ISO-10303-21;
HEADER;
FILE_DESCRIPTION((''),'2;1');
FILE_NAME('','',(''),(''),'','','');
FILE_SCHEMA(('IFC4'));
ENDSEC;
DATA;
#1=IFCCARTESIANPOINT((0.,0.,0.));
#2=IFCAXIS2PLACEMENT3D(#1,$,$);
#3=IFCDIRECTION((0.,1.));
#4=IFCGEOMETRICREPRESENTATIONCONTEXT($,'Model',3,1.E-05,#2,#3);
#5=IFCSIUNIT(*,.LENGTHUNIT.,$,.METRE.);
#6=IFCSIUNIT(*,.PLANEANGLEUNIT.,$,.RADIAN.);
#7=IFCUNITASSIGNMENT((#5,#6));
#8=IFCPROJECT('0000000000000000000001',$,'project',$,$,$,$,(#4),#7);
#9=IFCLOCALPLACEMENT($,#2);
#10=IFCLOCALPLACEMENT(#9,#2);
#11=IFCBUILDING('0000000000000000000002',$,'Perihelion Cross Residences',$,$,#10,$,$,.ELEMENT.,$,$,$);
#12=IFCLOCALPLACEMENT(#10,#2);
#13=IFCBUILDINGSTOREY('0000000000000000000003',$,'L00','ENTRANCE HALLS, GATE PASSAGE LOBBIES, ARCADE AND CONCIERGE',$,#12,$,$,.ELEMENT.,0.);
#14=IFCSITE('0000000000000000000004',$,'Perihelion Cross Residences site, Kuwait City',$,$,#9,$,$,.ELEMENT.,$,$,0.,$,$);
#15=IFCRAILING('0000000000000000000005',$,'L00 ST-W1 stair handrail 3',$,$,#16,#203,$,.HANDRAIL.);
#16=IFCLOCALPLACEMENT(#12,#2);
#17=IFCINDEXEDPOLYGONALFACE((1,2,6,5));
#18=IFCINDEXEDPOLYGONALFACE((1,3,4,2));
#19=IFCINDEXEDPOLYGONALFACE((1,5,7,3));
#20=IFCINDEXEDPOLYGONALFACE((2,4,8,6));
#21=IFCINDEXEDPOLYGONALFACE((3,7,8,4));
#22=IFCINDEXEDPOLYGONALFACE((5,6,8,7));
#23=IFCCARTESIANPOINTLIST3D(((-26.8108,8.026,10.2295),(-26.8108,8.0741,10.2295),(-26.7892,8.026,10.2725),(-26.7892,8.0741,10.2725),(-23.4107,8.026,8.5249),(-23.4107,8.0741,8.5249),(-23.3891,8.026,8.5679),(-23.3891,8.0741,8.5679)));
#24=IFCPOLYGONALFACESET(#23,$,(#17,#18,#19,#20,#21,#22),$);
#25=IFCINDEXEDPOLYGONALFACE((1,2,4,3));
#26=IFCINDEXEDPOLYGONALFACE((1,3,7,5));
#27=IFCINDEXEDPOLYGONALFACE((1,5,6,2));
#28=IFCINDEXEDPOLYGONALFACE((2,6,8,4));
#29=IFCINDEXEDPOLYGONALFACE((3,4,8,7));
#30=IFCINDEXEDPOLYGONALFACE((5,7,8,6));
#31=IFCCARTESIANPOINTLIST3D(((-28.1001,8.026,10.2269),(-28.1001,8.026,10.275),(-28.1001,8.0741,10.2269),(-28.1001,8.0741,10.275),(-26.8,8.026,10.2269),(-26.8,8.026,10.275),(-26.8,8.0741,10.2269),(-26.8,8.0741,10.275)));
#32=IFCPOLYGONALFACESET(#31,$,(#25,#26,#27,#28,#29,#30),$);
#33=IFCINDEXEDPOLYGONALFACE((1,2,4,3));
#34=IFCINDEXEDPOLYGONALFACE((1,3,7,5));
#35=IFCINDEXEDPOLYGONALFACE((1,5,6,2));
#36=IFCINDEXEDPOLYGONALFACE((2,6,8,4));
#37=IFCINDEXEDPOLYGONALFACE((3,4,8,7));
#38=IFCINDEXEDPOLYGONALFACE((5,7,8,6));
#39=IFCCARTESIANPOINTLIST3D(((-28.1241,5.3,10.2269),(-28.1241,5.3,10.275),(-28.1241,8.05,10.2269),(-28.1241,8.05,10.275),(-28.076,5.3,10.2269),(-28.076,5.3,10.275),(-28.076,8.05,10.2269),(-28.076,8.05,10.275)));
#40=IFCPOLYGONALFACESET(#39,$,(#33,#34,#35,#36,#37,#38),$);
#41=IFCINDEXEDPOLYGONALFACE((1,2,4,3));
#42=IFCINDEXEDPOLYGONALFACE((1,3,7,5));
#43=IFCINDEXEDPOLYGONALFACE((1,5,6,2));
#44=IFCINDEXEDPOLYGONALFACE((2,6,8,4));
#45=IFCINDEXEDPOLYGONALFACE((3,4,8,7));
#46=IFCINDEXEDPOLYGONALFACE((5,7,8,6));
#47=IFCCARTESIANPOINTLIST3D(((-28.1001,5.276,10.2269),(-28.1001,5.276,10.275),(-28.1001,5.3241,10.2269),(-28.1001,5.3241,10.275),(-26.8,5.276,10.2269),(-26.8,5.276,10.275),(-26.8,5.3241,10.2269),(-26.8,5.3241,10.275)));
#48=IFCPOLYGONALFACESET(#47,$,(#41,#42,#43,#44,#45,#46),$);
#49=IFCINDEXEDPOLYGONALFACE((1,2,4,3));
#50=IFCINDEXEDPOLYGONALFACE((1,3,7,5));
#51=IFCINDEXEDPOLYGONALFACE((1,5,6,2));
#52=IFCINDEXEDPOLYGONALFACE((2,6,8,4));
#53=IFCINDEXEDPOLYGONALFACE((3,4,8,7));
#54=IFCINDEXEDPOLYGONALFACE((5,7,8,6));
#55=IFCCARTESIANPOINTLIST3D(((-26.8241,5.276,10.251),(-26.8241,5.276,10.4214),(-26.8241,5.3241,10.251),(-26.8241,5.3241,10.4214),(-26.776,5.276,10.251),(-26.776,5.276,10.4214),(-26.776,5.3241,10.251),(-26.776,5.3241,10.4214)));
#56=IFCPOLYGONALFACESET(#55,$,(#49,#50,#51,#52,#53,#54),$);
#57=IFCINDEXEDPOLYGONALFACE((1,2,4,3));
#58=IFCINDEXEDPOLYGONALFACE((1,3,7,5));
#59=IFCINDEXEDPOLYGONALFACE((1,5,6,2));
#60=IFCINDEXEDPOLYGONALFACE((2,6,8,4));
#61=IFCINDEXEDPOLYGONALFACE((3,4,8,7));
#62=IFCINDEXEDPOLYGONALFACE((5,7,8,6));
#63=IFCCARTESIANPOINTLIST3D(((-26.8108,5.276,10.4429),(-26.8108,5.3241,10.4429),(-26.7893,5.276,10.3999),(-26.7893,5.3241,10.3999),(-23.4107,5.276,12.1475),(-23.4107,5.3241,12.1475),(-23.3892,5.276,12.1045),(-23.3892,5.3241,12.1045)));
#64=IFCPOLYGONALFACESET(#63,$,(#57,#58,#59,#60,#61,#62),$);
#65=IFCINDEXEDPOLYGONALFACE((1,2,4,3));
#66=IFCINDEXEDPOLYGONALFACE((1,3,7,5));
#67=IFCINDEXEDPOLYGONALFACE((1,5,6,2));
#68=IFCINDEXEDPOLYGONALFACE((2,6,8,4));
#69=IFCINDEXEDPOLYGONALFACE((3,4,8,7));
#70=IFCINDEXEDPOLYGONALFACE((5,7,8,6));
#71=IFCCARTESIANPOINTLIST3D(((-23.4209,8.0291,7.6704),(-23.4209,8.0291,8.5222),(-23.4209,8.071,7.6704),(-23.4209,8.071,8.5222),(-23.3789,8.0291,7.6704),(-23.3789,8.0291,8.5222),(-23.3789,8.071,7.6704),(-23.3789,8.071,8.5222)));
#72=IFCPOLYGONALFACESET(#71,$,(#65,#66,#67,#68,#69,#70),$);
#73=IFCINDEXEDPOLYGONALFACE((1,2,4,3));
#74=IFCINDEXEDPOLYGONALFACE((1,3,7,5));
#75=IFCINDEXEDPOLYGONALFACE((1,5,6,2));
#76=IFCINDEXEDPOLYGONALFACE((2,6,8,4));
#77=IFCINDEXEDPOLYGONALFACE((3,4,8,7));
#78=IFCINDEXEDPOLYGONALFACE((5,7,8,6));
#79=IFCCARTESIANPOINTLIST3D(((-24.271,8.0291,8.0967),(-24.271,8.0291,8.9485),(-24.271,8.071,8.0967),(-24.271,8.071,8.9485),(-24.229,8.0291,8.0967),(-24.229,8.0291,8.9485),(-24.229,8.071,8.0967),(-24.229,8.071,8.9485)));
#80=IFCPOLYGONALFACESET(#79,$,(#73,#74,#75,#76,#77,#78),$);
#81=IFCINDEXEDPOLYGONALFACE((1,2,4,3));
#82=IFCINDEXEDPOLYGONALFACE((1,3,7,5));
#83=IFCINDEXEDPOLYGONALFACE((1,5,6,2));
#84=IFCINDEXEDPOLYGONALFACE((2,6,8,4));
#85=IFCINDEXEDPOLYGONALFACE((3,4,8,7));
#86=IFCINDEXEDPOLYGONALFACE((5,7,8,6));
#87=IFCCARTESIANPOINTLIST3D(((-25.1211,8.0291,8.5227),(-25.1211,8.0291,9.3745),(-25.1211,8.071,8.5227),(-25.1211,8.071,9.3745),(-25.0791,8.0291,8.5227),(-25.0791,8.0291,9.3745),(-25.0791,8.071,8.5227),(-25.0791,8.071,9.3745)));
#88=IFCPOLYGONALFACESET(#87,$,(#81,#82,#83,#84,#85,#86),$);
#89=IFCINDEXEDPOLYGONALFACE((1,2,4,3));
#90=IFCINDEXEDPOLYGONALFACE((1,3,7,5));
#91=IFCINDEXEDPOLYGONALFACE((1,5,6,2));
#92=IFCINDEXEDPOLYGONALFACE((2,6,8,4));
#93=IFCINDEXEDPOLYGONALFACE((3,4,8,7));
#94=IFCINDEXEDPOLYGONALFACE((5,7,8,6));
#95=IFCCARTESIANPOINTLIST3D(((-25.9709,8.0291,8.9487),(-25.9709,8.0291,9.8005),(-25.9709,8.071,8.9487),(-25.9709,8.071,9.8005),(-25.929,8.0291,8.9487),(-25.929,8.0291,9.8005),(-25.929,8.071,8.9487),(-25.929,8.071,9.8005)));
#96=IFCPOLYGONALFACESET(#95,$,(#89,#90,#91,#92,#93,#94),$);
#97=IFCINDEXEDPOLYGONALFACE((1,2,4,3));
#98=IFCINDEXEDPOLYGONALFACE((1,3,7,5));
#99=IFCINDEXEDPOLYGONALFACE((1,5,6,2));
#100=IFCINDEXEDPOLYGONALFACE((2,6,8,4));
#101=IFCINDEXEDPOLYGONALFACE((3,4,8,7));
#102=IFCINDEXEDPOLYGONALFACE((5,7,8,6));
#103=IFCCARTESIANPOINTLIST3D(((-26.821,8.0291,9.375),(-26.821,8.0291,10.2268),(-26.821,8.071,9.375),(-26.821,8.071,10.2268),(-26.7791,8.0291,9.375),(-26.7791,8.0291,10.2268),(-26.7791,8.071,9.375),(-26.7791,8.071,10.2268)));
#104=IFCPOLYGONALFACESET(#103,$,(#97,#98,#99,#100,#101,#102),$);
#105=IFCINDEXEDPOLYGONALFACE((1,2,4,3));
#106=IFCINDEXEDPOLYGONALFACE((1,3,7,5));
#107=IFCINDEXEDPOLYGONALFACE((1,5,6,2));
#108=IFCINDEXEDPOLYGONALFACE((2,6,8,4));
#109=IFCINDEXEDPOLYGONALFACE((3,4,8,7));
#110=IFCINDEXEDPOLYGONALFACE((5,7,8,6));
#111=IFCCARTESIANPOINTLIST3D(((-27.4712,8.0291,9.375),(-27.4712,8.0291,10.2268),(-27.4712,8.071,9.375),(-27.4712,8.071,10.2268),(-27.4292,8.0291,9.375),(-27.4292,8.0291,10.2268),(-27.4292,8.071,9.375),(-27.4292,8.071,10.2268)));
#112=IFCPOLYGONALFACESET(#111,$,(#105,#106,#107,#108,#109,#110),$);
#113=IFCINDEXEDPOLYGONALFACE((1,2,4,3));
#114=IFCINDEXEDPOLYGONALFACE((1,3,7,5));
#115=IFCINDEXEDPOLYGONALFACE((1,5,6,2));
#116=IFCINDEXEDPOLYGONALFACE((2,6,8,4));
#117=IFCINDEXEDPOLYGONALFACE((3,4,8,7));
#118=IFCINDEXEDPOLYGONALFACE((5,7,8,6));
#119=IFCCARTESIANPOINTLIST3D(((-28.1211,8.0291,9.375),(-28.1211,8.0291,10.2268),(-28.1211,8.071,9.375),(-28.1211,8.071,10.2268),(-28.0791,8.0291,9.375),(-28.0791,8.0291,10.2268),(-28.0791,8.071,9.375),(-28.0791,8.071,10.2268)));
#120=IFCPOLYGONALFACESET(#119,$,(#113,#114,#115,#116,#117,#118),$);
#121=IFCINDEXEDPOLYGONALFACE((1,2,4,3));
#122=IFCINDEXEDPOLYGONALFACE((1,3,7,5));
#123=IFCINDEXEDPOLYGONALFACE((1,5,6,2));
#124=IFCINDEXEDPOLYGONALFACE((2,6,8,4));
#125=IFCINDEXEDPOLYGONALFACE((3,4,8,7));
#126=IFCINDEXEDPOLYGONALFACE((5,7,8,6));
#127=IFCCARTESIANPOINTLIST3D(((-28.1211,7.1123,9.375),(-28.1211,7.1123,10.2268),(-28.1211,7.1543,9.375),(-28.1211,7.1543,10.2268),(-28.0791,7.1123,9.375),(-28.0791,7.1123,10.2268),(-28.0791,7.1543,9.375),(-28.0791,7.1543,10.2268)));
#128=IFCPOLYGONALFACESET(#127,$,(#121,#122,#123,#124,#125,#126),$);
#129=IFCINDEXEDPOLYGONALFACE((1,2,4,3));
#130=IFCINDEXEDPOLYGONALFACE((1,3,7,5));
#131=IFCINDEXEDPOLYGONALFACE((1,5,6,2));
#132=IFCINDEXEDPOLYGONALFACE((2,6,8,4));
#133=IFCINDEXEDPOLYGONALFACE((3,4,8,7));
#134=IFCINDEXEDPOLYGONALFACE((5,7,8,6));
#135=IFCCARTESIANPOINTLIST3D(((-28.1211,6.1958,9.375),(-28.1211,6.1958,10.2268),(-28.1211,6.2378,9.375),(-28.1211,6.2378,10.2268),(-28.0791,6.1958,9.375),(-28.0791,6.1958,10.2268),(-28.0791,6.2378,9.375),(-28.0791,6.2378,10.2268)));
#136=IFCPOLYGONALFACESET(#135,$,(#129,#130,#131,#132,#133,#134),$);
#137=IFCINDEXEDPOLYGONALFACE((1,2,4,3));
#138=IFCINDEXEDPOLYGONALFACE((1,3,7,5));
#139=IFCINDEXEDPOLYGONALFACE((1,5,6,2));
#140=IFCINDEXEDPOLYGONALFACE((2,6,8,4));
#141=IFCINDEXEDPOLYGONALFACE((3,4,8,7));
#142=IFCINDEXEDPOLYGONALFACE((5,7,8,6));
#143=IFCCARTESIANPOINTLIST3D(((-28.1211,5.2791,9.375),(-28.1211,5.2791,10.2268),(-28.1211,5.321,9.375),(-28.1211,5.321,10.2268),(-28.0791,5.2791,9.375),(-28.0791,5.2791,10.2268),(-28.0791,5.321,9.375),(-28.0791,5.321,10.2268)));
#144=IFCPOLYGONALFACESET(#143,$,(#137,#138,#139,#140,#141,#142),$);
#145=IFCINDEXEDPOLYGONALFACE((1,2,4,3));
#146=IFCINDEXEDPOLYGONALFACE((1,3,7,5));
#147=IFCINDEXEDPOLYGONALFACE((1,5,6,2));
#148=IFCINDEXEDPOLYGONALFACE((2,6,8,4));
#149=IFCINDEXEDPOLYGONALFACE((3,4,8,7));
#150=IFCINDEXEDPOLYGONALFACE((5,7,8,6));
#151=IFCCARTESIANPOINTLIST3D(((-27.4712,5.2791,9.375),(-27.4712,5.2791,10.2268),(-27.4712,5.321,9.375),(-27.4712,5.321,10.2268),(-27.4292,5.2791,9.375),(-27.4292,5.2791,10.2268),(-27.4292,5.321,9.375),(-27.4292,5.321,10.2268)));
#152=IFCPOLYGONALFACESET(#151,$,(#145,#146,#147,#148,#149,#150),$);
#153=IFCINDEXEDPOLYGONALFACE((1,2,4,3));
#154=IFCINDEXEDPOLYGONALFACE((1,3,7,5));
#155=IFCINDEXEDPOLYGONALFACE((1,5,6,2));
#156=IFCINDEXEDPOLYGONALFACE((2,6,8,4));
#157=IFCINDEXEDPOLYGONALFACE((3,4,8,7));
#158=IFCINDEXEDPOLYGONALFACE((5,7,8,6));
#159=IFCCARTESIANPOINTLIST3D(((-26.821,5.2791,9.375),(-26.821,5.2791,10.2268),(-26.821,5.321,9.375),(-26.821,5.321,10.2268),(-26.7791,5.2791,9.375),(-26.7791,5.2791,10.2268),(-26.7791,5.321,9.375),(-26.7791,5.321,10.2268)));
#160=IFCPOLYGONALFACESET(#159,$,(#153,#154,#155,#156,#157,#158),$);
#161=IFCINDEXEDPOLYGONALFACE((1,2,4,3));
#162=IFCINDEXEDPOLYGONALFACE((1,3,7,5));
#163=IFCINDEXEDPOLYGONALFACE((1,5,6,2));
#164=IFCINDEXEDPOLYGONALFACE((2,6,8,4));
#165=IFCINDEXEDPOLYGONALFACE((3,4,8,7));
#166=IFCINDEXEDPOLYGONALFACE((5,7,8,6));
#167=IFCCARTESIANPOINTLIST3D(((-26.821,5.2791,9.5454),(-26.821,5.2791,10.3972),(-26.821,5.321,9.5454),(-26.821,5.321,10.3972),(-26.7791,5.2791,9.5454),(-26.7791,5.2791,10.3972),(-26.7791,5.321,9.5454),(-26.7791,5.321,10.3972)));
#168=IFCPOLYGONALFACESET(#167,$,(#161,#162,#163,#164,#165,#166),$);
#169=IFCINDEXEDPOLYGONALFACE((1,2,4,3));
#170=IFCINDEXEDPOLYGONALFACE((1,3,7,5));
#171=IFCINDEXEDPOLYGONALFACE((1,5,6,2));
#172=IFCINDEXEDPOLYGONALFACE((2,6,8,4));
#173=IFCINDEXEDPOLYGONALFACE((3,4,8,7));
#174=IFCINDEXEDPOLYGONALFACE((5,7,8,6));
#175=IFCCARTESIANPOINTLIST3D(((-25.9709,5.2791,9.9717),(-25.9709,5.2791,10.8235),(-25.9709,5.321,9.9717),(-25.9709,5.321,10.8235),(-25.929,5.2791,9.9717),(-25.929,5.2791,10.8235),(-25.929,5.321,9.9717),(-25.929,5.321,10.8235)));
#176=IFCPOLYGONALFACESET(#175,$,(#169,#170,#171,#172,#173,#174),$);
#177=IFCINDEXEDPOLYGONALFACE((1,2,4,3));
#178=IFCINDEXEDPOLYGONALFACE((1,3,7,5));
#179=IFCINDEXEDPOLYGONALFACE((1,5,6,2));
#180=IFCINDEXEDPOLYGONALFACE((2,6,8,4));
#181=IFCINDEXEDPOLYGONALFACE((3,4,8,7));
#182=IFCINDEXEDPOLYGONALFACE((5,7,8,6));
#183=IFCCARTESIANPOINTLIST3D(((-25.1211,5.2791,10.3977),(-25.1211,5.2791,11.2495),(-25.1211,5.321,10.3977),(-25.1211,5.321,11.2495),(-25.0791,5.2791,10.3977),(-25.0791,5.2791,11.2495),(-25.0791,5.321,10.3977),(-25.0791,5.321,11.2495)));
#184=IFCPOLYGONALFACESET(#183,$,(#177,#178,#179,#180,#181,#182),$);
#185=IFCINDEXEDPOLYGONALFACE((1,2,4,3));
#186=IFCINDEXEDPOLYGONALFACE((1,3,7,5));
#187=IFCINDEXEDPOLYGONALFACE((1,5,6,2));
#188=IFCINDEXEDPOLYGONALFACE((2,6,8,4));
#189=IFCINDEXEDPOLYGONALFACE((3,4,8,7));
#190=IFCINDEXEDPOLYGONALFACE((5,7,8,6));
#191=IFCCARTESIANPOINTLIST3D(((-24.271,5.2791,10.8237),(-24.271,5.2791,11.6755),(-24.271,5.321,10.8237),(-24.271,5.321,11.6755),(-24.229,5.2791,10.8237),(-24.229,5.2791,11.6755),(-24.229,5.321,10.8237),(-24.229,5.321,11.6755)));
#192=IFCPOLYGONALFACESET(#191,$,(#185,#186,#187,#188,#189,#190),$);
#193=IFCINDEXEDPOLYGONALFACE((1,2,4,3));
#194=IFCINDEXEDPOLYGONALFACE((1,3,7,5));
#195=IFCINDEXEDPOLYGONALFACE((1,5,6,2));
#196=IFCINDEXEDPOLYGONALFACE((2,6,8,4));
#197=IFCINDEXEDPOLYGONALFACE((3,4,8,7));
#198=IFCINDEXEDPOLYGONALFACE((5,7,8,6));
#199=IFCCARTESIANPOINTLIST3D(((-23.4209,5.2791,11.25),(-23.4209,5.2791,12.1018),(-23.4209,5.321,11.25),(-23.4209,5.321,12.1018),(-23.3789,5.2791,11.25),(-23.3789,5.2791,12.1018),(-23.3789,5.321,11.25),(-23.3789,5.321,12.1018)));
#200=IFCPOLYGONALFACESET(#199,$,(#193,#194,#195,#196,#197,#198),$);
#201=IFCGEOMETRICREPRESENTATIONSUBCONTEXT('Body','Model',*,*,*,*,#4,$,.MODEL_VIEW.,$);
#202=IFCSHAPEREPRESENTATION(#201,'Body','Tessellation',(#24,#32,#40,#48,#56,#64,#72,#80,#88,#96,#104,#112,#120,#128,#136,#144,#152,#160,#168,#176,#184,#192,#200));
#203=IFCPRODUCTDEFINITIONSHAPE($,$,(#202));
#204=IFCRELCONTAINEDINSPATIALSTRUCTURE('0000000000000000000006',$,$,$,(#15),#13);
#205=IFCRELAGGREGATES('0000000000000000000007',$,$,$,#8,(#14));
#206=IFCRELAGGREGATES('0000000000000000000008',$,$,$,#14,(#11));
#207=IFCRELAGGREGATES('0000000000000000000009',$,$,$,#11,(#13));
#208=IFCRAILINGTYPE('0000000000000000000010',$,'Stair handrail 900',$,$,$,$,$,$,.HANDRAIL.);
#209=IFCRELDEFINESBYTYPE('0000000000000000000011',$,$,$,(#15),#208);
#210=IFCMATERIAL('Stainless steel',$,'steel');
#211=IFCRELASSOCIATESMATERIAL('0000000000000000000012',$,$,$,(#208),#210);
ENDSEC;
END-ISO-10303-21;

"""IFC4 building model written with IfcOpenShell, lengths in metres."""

from ifc_helpers import new_model, si_unit, direction, frame, origin, origin_2d, place, context, subcontext, project, spatial, rectangle, extrude, material, type_object, element, save


model = new_model("IFC4")

# Units and contexts
model_context = context("Model", 3, precision=1e-05, world=origin(), true_north=direction((0.0, 1.0)))
body_context = subcontext(model_context, "Body", "Model", "MODEL_VIEW")
ifc_project = project(units=[si_unit("LENGTHUNIT", "METRE"), si_unit("PLANEANGLEUNIT", "RADIAN")], contexts=[model_context])

# Site, building, storey
site_placement = place(None, origin())
site = spatial("IfcSite", under=ifc_project, at=site_placement, Name="Perihelion Cross Residences site, Kuwait City", CompositionType="ELEMENT", RefElevation=0.0)
building_placement = place(site_placement, origin())
building = spatial("IfcBuilding", under=site, at=building_placement, Name="Perihelion Cross Residences", CompositionType="ELEMENT")
storey_placement = place(building_placement, origin())
storey = spatial("IfcBuildingStorey", under=building, at=storey_placement, Name="L00", Description="ENTRANCE HALLS, GATE PASSAGE LOBBIES, ARCADE AND CONCIERGE", CompositionType="ELEMENT", Elevation=0.0)

# Railing
ifc_material_1 = material(Name="Stainless steel", Category="steel")
railing_type_1 = type_object("IfcRailingType", Name="Stair handrail 900", PredefinedType="HANDRAIL", material=ifc_material_1)
railing_1_placement = place(storey_placement, frame((-23.3999, 8.05, 7.6704)))
element("IfcRailing", 1, at=railing_1_placement, inside=storey, type_object=railing_type_1, Name="L00 ST-W1 stair handrail 3", PredefinedType="HANDRAIL", context=body_context, shape_type="SweptSolid", body=[
    extrude(rectangle(XDim=0.0481, YDim=0.0481, at=origin_2d()), frame((0.0, 0.0, 0.876), z_axis=(-0.893952, 0.0, 0.448163), x_axis=(0.0, -1.0, 0.0)), (0.0, 0.0, 1.0), 3.8035),
    extrude(rectangle(XDim=0.0481, YDim=0.0481, at=origin_2d()), frame((-3.4001, 0.0, 2.5806), z_axis=(-1.0, 0.0, 0.0), x_axis=(0.0, -1.0, 0.0)), (0.0, 0.0, 1.0), 1.3),
    extrude(rectangle(XDim=0.0481, YDim=0.0481, at=origin_2d()), frame((-4.7002, 0.0, 2.5806), z_axis=(0.0, -1.0, 0.0), x_axis=(1.0, 0.0, 0.0)), (0.0, 0.0, 1.0), 2.75),
    extrude(rectangle(XDim=0.0481, YDim=0.0481, at=origin_2d()), frame((-4.7002, -2.75, 2.5806), z_axis=(1.0, 0.0, 0.0), x_axis=(0.0, 1.0, 0.0)), (0.0, 0.0, 1.0), 1.3),
    extrude(rectangle(XDim=0.0481, YDim=0.0481, at=origin_2d()), frame((-3.4001, -2.75, 2.5806), z_axis=(0.0, 0.0, 1.0), x_axis=(1.0, 0.0, 0.0)), (0.0, 0.0, 1.0), 0.1704),
    extrude(rectangle(XDim=0.0481, YDim=0.0481, at=origin_2d()), frame((-3.4001, -2.75, 2.751), z_axis=(0.893952, 0.0, 0.448163), x_axis=(0.0, 1.0, 0.0)), (0.0, 0.0, 1.0), 3.8035),
    extrude(rectangle(XDim=0.042, YDim=0.042, at=origin_2d()), origin(), (0.0, 0.0, 1.0), 0.8518),
    extrude(rectangle(XDim=0.042, YDim=0.042, at=origin_2d()), frame((-0.8501, 0.0, 0.4263)), (0.0, 0.0, 1.0), 0.8518),
    extrude(rectangle(XDim=0.042, YDim=0.042, at=origin_2d()), frame((-1.7002, 0.0, 0.8523)), (0.0, 0.0, 1.0), 0.8518),
    extrude(rectangle(XDim=0.042, YDim=0.042, at=origin_2d()), frame((-2.55, 0.0, 1.2783)), (0.0, 0.0, 1.0), 0.8518),
    extrude(rectangle(XDim=0.042, YDim=0.042, at=origin_2d()), frame((-3.4001, 0.0, 1.7046)), (0.0, 0.0, 1.0), 0.8518),
    extrude(rectangle(XDim=0.042, YDim=0.042, at=origin_2d()), frame((-4.0503, 0.0, 1.7046)), (0.0, 0.0, 1.0), 0.8518),
    extrude(rectangle(XDim=0.042, YDim=0.042, at=origin_2d()), frame((-4.7002, 0.0, 1.7046)), (0.0, 0.0, 1.0), 0.8518),
    extrude(rectangle(XDim=0.042, YDim=0.042, at=origin_2d()), frame((-4.7002, -0.9167, 1.7046)), (0.0, 0.0, 1.0), 0.8518),
    extrude(rectangle(XDim=0.042, YDim=0.042, at=origin_2d()), frame((-4.7002, -1.8333, 1.7046)), (0.0, 0.0, 1.0), 0.8518),
    extrude(rectangle(XDim=0.042, YDim=0.042, at=origin_2d()), frame((-4.7002, -2.75, 1.7046)), (0.0, 0.0, 1.0), 0.8518),
    extrude(rectangle(XDim=0.042, YDim=0.042, at=origin_2d()), frame((-4.0503, -2.75, 1.7046)), (0.0, 0.0, 1.0), 0.8518),
    extrude(rectangle(XDim=0.042, YDim=0.042, at=origin_2d()), frame((-3.4001, -2.75, 1.7046)), (0.0, 0.0, 1.0), 0.8518),
    extrude(rectangle(XDim=0.042, YDim=0.042, at=origin_2d()), frame((-3.4001, -2.75, 1.875)), (0.0, 0.0, 1.0), 0.8518),
    extrude(rectangle(XDim=0.042, YDim=0.042, at=origin_2d()), frame((-2.55, -2.75, 2.3013)), (0.0, 0.0, 1.0), 0.8518),
    extrude(rectangle(XDim=0.042, YDim=0.042, at=origin_2d()), frame((-1.7002, -2.75, 2.7273)), (0.0, 0.0, 1.0), 0.8518),
    extrude(rectangle(XDim=0.042, YDim=0.042, at=origin_2d()), frame((-0.8501, -2.75, 3.1533)), (0.0, 0.0, 1.0), 0.8518),
    extrude(rectangle(XDim=0.042, YDim=0.042, at=origin_2d()), frame((0.0, -2.75, 3.5796)), (0.0, 0.0, 1.0), 0.8518),
])

save(model, "model.ifc")
